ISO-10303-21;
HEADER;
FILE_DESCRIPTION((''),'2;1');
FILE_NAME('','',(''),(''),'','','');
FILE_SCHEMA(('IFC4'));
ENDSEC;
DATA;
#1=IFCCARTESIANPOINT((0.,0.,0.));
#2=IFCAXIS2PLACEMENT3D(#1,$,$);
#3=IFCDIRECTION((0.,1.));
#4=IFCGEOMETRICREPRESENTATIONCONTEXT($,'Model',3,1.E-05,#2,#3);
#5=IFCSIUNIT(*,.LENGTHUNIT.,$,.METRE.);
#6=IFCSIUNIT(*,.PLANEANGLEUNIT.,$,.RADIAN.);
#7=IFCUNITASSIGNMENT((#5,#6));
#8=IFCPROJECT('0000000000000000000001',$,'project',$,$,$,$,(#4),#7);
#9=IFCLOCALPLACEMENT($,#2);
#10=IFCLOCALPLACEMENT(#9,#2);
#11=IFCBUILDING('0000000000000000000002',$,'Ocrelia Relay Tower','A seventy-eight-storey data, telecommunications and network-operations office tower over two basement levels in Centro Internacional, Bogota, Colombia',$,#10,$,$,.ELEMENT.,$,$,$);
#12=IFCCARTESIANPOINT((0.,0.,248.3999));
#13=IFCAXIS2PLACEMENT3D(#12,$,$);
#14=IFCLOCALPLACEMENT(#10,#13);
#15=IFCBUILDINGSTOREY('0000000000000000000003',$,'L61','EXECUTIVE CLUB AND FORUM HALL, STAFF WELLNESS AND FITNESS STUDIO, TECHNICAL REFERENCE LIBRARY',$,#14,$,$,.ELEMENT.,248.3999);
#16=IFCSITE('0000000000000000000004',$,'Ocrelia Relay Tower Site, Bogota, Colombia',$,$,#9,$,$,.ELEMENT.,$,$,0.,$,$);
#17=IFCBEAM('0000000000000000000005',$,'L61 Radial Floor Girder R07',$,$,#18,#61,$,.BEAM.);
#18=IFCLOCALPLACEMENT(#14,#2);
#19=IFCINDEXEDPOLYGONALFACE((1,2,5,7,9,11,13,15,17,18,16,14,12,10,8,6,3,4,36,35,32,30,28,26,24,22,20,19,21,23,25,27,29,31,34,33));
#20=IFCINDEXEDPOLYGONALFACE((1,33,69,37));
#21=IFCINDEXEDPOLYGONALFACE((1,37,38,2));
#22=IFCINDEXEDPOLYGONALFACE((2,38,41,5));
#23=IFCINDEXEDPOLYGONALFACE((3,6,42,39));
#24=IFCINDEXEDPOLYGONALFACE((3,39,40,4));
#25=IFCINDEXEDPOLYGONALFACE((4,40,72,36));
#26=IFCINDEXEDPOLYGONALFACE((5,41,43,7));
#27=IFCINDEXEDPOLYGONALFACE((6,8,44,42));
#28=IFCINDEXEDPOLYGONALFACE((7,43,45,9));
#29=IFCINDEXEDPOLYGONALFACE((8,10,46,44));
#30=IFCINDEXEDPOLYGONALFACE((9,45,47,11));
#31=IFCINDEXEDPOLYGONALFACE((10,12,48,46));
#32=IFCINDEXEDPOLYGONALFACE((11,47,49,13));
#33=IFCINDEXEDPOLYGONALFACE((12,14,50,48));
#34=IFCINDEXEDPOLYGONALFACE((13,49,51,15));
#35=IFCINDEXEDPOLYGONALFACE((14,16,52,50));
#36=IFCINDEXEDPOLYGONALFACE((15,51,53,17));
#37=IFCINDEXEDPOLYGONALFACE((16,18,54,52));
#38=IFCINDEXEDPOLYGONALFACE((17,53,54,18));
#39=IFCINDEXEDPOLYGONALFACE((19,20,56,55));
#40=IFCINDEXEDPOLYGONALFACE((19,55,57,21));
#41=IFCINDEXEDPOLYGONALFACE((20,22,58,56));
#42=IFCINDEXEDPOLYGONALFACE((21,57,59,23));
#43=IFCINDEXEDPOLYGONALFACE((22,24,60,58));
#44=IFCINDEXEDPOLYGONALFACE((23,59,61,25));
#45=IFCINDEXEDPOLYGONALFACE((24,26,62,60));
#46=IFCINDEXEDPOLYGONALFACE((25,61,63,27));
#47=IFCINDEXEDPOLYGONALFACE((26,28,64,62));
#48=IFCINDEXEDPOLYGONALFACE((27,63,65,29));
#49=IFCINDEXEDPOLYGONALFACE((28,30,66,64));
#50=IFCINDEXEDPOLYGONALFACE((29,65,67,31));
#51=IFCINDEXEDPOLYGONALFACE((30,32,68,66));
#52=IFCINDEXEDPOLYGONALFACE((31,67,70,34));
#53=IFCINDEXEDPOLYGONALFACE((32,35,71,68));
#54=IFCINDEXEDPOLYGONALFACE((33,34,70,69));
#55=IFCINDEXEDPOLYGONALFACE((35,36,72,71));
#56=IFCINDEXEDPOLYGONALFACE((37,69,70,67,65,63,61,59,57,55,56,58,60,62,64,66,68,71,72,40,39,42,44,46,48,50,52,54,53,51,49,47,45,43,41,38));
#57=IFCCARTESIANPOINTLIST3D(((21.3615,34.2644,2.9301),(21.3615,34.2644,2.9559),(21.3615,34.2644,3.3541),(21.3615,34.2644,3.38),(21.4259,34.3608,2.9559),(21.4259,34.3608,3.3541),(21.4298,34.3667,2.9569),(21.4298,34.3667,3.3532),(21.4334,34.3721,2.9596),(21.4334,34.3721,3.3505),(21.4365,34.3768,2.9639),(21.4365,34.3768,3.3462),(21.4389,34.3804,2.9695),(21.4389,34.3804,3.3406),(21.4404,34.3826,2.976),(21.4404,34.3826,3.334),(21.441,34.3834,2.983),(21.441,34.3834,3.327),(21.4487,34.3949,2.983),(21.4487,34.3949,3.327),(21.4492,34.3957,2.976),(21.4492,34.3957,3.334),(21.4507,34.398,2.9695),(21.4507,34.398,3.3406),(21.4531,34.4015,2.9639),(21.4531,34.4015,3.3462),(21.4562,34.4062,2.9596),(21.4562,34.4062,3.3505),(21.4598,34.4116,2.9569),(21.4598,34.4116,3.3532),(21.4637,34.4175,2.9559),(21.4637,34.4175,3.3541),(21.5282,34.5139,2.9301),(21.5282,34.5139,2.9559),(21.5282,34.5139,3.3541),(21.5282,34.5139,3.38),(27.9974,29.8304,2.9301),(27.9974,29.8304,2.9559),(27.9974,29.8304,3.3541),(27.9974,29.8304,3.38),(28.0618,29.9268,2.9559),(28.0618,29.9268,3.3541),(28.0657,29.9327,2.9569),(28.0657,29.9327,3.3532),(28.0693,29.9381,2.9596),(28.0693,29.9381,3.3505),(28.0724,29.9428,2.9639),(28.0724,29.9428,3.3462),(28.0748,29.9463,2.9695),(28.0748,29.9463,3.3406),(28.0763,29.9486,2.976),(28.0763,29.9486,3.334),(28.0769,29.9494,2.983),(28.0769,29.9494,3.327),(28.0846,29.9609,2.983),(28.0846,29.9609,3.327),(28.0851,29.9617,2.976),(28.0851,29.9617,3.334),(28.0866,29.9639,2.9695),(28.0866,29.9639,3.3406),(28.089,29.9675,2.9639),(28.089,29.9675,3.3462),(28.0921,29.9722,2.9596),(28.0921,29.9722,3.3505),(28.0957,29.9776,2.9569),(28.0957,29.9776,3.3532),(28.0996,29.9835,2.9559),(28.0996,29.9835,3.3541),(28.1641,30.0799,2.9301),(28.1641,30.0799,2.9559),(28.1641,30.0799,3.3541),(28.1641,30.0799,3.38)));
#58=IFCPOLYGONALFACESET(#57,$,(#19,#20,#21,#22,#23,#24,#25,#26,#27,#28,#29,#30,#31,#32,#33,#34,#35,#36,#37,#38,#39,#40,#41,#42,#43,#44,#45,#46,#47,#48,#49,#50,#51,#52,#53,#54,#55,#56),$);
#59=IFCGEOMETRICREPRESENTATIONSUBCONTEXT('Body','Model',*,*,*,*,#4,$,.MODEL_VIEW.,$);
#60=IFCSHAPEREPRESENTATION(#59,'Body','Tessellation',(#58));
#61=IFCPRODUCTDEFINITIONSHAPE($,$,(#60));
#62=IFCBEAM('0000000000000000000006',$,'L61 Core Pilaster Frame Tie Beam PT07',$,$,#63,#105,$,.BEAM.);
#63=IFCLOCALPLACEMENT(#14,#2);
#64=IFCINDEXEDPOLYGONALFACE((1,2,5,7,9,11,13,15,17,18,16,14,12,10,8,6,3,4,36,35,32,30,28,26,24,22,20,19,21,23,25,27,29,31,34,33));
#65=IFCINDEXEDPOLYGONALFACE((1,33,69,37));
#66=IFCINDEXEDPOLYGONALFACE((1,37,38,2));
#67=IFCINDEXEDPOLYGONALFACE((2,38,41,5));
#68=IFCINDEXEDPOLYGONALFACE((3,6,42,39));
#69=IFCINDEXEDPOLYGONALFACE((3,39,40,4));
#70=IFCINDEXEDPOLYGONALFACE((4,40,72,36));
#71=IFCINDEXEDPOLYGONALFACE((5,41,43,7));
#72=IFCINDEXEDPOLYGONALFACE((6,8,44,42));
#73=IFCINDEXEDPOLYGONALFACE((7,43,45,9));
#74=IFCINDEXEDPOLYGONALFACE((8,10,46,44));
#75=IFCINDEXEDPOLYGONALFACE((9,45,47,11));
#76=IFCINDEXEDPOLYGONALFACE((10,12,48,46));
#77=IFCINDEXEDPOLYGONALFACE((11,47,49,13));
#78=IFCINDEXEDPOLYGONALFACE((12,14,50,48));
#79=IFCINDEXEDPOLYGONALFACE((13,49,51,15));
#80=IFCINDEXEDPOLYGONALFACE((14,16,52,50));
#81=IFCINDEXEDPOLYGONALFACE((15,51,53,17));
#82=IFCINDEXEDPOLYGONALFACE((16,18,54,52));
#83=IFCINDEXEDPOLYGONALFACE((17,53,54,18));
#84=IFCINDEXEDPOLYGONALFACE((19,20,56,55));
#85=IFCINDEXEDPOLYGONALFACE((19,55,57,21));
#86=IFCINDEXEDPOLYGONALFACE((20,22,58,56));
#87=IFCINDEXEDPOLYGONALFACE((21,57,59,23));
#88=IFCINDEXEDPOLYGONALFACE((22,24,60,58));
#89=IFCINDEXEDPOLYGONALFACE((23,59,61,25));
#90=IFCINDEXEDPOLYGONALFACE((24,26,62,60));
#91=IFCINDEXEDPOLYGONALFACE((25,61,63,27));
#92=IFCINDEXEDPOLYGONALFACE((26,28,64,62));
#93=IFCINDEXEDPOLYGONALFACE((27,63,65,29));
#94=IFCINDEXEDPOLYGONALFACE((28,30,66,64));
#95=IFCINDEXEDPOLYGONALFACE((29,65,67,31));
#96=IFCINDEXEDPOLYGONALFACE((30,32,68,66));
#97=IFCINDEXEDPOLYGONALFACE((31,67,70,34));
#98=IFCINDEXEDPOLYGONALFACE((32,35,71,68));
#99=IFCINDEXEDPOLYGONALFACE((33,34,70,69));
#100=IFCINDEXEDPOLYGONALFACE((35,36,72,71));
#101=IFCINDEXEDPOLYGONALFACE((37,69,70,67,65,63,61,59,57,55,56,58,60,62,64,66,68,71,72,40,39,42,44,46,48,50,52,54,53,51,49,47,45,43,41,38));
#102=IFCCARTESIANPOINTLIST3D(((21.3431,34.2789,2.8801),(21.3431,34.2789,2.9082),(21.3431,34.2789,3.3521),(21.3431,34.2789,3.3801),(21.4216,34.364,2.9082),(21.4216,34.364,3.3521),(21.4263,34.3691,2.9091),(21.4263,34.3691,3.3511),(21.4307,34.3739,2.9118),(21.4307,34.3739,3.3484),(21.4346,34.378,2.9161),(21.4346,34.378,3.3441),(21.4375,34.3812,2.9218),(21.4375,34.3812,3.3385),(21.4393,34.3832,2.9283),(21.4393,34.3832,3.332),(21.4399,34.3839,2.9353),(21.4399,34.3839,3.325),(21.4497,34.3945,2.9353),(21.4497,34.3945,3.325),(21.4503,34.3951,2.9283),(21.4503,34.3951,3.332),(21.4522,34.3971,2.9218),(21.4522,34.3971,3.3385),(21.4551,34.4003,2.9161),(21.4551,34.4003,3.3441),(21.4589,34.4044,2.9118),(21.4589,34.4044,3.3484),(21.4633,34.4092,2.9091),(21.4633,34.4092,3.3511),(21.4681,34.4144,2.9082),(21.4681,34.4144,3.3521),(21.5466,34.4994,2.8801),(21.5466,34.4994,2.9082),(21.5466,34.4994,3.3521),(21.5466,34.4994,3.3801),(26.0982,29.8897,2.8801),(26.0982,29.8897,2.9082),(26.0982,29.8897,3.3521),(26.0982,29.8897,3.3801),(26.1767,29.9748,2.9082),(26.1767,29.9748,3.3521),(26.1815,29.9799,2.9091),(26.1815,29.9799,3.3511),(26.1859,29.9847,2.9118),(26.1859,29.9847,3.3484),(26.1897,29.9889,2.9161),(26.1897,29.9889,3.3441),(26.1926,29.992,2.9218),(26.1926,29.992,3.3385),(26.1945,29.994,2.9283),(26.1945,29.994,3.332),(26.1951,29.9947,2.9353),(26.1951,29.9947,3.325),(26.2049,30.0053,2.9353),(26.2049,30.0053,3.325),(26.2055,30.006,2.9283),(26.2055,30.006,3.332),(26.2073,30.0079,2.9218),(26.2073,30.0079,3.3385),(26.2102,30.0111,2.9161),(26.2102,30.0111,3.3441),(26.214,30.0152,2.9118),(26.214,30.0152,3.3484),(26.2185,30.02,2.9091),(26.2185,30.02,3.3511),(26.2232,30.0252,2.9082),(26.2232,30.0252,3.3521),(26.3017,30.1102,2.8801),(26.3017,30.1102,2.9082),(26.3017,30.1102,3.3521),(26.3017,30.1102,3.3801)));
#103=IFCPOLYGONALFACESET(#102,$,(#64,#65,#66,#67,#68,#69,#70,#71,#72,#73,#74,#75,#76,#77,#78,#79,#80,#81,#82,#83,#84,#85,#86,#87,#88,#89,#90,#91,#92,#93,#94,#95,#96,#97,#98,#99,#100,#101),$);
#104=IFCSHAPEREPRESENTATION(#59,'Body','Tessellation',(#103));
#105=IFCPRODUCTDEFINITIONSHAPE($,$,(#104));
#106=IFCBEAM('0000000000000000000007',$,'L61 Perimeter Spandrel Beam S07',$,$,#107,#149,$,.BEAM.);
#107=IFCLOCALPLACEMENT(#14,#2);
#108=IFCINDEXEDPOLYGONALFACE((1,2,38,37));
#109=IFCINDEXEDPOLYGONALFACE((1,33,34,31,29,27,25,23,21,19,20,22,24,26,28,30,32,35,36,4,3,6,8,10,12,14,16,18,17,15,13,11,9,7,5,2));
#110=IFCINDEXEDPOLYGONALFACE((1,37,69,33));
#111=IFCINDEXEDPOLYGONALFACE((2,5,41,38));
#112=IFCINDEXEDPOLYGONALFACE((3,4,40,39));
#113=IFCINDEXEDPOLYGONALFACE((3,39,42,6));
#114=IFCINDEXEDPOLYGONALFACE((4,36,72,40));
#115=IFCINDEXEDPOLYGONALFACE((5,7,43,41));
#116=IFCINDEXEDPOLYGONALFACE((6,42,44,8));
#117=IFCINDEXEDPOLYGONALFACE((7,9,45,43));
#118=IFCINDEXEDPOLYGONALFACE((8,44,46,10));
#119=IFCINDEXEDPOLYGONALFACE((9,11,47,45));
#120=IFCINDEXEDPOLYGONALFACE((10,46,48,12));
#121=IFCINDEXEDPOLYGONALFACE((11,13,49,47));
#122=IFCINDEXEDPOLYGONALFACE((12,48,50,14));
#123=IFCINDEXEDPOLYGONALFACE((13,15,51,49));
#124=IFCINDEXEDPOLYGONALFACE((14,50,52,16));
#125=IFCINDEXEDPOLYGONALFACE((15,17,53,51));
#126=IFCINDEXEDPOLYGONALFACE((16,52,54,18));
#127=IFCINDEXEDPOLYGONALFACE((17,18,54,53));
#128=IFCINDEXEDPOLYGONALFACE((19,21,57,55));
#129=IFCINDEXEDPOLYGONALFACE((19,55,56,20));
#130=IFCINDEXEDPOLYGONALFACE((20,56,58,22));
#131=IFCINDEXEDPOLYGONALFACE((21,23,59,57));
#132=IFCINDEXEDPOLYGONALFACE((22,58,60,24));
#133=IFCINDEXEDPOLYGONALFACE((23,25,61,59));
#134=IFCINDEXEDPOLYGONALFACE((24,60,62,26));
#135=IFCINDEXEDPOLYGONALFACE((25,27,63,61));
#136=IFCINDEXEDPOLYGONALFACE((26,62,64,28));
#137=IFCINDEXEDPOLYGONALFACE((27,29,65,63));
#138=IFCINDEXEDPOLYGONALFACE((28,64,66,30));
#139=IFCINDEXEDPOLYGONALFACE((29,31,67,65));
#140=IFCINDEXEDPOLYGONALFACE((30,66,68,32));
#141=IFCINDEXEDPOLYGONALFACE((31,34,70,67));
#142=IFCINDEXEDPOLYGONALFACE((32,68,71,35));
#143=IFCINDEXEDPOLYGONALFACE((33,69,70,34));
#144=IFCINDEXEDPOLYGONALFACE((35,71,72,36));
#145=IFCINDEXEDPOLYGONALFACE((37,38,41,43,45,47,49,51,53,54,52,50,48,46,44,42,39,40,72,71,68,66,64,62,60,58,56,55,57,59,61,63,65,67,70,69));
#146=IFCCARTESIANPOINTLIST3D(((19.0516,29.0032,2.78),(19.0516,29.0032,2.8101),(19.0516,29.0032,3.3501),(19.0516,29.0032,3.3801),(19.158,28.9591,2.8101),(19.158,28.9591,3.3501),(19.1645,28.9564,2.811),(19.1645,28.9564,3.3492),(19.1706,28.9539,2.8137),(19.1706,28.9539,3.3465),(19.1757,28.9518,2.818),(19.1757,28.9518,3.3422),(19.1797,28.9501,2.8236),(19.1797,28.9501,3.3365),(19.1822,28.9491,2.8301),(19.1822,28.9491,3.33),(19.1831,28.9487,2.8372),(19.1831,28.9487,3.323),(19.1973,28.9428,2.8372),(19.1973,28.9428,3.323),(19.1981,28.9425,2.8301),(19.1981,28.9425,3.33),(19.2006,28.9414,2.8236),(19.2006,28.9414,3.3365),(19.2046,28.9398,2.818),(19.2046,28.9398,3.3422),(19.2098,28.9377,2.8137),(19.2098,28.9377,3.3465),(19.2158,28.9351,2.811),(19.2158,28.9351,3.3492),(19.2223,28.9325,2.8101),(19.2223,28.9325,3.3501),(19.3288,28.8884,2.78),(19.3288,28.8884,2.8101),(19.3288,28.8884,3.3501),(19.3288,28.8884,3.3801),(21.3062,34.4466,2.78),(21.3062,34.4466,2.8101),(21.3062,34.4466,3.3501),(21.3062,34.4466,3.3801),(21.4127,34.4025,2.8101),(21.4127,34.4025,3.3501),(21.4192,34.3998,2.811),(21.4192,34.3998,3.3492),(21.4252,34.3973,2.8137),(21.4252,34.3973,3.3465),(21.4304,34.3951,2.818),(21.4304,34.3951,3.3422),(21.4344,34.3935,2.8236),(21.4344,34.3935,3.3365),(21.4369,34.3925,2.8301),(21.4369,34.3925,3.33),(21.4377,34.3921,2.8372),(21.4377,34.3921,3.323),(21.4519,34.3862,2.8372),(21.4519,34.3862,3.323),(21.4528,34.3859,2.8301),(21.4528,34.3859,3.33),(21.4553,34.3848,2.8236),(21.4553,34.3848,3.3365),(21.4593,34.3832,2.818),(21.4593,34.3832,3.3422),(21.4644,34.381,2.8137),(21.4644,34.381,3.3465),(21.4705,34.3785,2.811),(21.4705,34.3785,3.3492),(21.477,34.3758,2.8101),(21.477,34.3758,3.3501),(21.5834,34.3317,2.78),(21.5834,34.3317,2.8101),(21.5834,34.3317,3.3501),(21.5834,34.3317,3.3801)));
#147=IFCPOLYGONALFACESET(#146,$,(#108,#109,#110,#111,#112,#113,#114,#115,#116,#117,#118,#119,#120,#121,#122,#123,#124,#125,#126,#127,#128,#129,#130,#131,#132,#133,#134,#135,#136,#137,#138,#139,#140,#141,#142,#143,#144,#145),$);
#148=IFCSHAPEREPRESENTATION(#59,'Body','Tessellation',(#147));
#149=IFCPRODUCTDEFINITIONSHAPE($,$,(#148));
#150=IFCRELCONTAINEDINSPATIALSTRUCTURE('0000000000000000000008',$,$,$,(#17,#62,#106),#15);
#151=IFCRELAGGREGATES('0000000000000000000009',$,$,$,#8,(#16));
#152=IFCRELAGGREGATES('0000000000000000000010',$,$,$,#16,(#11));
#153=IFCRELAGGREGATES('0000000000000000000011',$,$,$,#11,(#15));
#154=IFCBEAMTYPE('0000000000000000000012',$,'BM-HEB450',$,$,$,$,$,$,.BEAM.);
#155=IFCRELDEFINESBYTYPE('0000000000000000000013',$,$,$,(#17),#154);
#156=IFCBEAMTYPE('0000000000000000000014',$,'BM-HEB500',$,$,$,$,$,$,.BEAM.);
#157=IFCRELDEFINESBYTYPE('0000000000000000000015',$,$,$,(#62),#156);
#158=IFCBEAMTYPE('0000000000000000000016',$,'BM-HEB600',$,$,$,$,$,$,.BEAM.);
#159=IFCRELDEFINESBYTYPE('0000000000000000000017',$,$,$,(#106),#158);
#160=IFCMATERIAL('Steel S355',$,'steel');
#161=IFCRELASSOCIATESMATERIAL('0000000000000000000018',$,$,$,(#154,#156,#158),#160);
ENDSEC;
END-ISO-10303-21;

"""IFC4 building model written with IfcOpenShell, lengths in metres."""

from ifc_helpers import new_model, si_unit, direction, frame, origin, origin_2d, place, context, subcontext, project, spatial, i_section, extrude, material, material_profile, profile_set, type_object, element, save


model = new_model("IFC4")

# Units and contexts
model_context = context("Model", 3, precision=1e-05, world=origin(), true_north=direction((0.0, 1.0)))
body_context = subcontext(model_context, "Body", "Model", "MODEL_VIEW")
ifc_project = project(units=[si_unit("LENGTHUNIT", "METRE"), si_unit("PLANEANGLEUNIT", "RADIAN")], contexts=[model_context])

# Site, building, storey
site_placement = place(None, origin())
site = spatial("IfcSite", under=ifc_project, at=site_placement, Name="Ocrelia Relay Tower Site, Bogota, Colombia", CompositionType="ELEMENT", RefElevation=0.0)
building_placement = place(site_placement, origin())
building = spatial("IfcBuilding", under=site, at=building_placement, Name="Ocrelia Relay Tower", Description="A seventy-eight-storey data, telecommunications and network-operations office tower over two basement levels in Centro Internacional, Bogota, Colombia", CompositionType="ELEMENT")
storey_placement = place(building_placement, frame((0.0, 0.0, 248.3999)))
storey = spatial("IfcBuildingStorey", under=building, at=storey_placement, Name="L61", Description="EXECUTIVE CLUB AND FORUM HALL, STAFF WELLNESS AND FITNESS STUDIO, TECHNICAL REFERENCE LIBRARY", CompositionType="ELEMENT", Elevation=248.3999)

# Beams
ifc_material_1 = material(Name="Steel S355", Category="steel")
ifc_material_profile_1 = material_profile(ifc_material_1, i_section(OverallWidth=0.3, OverallDepth=0.45, WebThickness=0.0139, FlangeThickness=0.0259, FilletRadius=0.0271, at=origin_2d()), Name="HEB 450")
ifc_profile_set_1 = profile_set([ifc_material_profile_1], Name="Steel S355")
beam_type_1 = type_object("IfcBeamType", Name="BM-HEB450", PredefinedType="BEAM", material=ifc_profile_set_1)
beam_1_placement = place(storey_placement, frame((21.4448, 34.3892, 3.155), z_axis=(0.831466, -0.555575, 0.0), x_axis=(0.555575, 0.831466, 0.0)))
element("IfcBeam", 1, at=beam_1_placement, inside=storey, type_object=beam_type_1, Name="L61 Radial Floor Girder R07", PredefinedType="BEAM", context=body_context, shape_type="SweptSolid", body=[
    extrude(i_section(OverallWidth=0.3, OverallDepth=0.45, WebThickness=0.0139, FlangeThickness=0.0259, FilletRadius=0.0271, at=origin_2d()), origin(), (0.0, 0.0, 1.0), 7.981),
])
ifc_material_profile_2 = material_profile(ifc_material_1, i_section(OverallWidth=0.3, OverallDepth=0.5, WebThickness=0.0144, FlangeThickness=0.0281, FilletRadius=0.0271, at=origin_2d()), Name="HEB 500")
ifc_profile_set_2 = profile_set([ifc_material_profile_2], Name="Steel S355")
beam_type_2 = type_object("IfcBeamType", Name="BM-HEB500", PredefinedType="BEAM", material=ifc_profile_set_2)
beam_2_placement = place(storey_placement, frame((21.4448, 34.3892, 3.1301), z_axis=(0.734818, -0.678264, 0.0), x_axis=(0.678264, 0.734818, 0.0)))
element("IfcBeam", 2, at=beam_2_placement, inside=storey, type_object=beam_type_2, Name="L61 Core Pilaster Frame Tie Beam PT07", PredefinedType="BEAM", context=body_context, shape_type="SweptSolid", body=[
    extrude(i_section(OverallWidth=0.3, OverallDepth=0.5, WebThickness=0.0144, FlangeThickness=0.0281, FilletRadius=0.0271, at=origin_2d()), origin(), (0.0, 0.0, 1.0), 6.4712),
])
ifc_material_profile_3 = material_profile(ifc_material_1, i_section(OverallWidth=0.3, OverallDepth=0.6001, WebThickness=0.0154, FlangeThickness=0.03, FilletRadius=0.0271, at=origin_2d()), Name="HEB 600")
ifc_profile_set_3 = profile_set([ifc_material_profile_3], Name="Steel S355")
beam_type_3 = type_object("IfcBeamType", Name="BM-HEB600", PredefinedType="BEAM", material=ifc_profile_set_3)
beam_3_placement = place(storey_placement, frame((21.4448, 34.3892, 3.0801), z_axis=(-0.382673, -0.923884, 0.0), x_axis=(0.923884, -0.382673, 0.0)))
element("IfcBeam", 3, at=beam_3_placement, inside=storey, type_object=beam_type_3, Name="L61 Perimeter Spandrel Beam S07", PredefinedType="BEAM", context=body_context, shape_type="SweptSolid", body=[
    extrude(i_section(OverallWidth=0.3, OverallDepth=0.6001, WebThickness=0.0154, FlangeThickness=0.03, FilletRadius=0.0271, at=origin_2d()), origin(), (0.0, 0.0, 1.0), 5.8918),
])

save(model, "model.ifc")
